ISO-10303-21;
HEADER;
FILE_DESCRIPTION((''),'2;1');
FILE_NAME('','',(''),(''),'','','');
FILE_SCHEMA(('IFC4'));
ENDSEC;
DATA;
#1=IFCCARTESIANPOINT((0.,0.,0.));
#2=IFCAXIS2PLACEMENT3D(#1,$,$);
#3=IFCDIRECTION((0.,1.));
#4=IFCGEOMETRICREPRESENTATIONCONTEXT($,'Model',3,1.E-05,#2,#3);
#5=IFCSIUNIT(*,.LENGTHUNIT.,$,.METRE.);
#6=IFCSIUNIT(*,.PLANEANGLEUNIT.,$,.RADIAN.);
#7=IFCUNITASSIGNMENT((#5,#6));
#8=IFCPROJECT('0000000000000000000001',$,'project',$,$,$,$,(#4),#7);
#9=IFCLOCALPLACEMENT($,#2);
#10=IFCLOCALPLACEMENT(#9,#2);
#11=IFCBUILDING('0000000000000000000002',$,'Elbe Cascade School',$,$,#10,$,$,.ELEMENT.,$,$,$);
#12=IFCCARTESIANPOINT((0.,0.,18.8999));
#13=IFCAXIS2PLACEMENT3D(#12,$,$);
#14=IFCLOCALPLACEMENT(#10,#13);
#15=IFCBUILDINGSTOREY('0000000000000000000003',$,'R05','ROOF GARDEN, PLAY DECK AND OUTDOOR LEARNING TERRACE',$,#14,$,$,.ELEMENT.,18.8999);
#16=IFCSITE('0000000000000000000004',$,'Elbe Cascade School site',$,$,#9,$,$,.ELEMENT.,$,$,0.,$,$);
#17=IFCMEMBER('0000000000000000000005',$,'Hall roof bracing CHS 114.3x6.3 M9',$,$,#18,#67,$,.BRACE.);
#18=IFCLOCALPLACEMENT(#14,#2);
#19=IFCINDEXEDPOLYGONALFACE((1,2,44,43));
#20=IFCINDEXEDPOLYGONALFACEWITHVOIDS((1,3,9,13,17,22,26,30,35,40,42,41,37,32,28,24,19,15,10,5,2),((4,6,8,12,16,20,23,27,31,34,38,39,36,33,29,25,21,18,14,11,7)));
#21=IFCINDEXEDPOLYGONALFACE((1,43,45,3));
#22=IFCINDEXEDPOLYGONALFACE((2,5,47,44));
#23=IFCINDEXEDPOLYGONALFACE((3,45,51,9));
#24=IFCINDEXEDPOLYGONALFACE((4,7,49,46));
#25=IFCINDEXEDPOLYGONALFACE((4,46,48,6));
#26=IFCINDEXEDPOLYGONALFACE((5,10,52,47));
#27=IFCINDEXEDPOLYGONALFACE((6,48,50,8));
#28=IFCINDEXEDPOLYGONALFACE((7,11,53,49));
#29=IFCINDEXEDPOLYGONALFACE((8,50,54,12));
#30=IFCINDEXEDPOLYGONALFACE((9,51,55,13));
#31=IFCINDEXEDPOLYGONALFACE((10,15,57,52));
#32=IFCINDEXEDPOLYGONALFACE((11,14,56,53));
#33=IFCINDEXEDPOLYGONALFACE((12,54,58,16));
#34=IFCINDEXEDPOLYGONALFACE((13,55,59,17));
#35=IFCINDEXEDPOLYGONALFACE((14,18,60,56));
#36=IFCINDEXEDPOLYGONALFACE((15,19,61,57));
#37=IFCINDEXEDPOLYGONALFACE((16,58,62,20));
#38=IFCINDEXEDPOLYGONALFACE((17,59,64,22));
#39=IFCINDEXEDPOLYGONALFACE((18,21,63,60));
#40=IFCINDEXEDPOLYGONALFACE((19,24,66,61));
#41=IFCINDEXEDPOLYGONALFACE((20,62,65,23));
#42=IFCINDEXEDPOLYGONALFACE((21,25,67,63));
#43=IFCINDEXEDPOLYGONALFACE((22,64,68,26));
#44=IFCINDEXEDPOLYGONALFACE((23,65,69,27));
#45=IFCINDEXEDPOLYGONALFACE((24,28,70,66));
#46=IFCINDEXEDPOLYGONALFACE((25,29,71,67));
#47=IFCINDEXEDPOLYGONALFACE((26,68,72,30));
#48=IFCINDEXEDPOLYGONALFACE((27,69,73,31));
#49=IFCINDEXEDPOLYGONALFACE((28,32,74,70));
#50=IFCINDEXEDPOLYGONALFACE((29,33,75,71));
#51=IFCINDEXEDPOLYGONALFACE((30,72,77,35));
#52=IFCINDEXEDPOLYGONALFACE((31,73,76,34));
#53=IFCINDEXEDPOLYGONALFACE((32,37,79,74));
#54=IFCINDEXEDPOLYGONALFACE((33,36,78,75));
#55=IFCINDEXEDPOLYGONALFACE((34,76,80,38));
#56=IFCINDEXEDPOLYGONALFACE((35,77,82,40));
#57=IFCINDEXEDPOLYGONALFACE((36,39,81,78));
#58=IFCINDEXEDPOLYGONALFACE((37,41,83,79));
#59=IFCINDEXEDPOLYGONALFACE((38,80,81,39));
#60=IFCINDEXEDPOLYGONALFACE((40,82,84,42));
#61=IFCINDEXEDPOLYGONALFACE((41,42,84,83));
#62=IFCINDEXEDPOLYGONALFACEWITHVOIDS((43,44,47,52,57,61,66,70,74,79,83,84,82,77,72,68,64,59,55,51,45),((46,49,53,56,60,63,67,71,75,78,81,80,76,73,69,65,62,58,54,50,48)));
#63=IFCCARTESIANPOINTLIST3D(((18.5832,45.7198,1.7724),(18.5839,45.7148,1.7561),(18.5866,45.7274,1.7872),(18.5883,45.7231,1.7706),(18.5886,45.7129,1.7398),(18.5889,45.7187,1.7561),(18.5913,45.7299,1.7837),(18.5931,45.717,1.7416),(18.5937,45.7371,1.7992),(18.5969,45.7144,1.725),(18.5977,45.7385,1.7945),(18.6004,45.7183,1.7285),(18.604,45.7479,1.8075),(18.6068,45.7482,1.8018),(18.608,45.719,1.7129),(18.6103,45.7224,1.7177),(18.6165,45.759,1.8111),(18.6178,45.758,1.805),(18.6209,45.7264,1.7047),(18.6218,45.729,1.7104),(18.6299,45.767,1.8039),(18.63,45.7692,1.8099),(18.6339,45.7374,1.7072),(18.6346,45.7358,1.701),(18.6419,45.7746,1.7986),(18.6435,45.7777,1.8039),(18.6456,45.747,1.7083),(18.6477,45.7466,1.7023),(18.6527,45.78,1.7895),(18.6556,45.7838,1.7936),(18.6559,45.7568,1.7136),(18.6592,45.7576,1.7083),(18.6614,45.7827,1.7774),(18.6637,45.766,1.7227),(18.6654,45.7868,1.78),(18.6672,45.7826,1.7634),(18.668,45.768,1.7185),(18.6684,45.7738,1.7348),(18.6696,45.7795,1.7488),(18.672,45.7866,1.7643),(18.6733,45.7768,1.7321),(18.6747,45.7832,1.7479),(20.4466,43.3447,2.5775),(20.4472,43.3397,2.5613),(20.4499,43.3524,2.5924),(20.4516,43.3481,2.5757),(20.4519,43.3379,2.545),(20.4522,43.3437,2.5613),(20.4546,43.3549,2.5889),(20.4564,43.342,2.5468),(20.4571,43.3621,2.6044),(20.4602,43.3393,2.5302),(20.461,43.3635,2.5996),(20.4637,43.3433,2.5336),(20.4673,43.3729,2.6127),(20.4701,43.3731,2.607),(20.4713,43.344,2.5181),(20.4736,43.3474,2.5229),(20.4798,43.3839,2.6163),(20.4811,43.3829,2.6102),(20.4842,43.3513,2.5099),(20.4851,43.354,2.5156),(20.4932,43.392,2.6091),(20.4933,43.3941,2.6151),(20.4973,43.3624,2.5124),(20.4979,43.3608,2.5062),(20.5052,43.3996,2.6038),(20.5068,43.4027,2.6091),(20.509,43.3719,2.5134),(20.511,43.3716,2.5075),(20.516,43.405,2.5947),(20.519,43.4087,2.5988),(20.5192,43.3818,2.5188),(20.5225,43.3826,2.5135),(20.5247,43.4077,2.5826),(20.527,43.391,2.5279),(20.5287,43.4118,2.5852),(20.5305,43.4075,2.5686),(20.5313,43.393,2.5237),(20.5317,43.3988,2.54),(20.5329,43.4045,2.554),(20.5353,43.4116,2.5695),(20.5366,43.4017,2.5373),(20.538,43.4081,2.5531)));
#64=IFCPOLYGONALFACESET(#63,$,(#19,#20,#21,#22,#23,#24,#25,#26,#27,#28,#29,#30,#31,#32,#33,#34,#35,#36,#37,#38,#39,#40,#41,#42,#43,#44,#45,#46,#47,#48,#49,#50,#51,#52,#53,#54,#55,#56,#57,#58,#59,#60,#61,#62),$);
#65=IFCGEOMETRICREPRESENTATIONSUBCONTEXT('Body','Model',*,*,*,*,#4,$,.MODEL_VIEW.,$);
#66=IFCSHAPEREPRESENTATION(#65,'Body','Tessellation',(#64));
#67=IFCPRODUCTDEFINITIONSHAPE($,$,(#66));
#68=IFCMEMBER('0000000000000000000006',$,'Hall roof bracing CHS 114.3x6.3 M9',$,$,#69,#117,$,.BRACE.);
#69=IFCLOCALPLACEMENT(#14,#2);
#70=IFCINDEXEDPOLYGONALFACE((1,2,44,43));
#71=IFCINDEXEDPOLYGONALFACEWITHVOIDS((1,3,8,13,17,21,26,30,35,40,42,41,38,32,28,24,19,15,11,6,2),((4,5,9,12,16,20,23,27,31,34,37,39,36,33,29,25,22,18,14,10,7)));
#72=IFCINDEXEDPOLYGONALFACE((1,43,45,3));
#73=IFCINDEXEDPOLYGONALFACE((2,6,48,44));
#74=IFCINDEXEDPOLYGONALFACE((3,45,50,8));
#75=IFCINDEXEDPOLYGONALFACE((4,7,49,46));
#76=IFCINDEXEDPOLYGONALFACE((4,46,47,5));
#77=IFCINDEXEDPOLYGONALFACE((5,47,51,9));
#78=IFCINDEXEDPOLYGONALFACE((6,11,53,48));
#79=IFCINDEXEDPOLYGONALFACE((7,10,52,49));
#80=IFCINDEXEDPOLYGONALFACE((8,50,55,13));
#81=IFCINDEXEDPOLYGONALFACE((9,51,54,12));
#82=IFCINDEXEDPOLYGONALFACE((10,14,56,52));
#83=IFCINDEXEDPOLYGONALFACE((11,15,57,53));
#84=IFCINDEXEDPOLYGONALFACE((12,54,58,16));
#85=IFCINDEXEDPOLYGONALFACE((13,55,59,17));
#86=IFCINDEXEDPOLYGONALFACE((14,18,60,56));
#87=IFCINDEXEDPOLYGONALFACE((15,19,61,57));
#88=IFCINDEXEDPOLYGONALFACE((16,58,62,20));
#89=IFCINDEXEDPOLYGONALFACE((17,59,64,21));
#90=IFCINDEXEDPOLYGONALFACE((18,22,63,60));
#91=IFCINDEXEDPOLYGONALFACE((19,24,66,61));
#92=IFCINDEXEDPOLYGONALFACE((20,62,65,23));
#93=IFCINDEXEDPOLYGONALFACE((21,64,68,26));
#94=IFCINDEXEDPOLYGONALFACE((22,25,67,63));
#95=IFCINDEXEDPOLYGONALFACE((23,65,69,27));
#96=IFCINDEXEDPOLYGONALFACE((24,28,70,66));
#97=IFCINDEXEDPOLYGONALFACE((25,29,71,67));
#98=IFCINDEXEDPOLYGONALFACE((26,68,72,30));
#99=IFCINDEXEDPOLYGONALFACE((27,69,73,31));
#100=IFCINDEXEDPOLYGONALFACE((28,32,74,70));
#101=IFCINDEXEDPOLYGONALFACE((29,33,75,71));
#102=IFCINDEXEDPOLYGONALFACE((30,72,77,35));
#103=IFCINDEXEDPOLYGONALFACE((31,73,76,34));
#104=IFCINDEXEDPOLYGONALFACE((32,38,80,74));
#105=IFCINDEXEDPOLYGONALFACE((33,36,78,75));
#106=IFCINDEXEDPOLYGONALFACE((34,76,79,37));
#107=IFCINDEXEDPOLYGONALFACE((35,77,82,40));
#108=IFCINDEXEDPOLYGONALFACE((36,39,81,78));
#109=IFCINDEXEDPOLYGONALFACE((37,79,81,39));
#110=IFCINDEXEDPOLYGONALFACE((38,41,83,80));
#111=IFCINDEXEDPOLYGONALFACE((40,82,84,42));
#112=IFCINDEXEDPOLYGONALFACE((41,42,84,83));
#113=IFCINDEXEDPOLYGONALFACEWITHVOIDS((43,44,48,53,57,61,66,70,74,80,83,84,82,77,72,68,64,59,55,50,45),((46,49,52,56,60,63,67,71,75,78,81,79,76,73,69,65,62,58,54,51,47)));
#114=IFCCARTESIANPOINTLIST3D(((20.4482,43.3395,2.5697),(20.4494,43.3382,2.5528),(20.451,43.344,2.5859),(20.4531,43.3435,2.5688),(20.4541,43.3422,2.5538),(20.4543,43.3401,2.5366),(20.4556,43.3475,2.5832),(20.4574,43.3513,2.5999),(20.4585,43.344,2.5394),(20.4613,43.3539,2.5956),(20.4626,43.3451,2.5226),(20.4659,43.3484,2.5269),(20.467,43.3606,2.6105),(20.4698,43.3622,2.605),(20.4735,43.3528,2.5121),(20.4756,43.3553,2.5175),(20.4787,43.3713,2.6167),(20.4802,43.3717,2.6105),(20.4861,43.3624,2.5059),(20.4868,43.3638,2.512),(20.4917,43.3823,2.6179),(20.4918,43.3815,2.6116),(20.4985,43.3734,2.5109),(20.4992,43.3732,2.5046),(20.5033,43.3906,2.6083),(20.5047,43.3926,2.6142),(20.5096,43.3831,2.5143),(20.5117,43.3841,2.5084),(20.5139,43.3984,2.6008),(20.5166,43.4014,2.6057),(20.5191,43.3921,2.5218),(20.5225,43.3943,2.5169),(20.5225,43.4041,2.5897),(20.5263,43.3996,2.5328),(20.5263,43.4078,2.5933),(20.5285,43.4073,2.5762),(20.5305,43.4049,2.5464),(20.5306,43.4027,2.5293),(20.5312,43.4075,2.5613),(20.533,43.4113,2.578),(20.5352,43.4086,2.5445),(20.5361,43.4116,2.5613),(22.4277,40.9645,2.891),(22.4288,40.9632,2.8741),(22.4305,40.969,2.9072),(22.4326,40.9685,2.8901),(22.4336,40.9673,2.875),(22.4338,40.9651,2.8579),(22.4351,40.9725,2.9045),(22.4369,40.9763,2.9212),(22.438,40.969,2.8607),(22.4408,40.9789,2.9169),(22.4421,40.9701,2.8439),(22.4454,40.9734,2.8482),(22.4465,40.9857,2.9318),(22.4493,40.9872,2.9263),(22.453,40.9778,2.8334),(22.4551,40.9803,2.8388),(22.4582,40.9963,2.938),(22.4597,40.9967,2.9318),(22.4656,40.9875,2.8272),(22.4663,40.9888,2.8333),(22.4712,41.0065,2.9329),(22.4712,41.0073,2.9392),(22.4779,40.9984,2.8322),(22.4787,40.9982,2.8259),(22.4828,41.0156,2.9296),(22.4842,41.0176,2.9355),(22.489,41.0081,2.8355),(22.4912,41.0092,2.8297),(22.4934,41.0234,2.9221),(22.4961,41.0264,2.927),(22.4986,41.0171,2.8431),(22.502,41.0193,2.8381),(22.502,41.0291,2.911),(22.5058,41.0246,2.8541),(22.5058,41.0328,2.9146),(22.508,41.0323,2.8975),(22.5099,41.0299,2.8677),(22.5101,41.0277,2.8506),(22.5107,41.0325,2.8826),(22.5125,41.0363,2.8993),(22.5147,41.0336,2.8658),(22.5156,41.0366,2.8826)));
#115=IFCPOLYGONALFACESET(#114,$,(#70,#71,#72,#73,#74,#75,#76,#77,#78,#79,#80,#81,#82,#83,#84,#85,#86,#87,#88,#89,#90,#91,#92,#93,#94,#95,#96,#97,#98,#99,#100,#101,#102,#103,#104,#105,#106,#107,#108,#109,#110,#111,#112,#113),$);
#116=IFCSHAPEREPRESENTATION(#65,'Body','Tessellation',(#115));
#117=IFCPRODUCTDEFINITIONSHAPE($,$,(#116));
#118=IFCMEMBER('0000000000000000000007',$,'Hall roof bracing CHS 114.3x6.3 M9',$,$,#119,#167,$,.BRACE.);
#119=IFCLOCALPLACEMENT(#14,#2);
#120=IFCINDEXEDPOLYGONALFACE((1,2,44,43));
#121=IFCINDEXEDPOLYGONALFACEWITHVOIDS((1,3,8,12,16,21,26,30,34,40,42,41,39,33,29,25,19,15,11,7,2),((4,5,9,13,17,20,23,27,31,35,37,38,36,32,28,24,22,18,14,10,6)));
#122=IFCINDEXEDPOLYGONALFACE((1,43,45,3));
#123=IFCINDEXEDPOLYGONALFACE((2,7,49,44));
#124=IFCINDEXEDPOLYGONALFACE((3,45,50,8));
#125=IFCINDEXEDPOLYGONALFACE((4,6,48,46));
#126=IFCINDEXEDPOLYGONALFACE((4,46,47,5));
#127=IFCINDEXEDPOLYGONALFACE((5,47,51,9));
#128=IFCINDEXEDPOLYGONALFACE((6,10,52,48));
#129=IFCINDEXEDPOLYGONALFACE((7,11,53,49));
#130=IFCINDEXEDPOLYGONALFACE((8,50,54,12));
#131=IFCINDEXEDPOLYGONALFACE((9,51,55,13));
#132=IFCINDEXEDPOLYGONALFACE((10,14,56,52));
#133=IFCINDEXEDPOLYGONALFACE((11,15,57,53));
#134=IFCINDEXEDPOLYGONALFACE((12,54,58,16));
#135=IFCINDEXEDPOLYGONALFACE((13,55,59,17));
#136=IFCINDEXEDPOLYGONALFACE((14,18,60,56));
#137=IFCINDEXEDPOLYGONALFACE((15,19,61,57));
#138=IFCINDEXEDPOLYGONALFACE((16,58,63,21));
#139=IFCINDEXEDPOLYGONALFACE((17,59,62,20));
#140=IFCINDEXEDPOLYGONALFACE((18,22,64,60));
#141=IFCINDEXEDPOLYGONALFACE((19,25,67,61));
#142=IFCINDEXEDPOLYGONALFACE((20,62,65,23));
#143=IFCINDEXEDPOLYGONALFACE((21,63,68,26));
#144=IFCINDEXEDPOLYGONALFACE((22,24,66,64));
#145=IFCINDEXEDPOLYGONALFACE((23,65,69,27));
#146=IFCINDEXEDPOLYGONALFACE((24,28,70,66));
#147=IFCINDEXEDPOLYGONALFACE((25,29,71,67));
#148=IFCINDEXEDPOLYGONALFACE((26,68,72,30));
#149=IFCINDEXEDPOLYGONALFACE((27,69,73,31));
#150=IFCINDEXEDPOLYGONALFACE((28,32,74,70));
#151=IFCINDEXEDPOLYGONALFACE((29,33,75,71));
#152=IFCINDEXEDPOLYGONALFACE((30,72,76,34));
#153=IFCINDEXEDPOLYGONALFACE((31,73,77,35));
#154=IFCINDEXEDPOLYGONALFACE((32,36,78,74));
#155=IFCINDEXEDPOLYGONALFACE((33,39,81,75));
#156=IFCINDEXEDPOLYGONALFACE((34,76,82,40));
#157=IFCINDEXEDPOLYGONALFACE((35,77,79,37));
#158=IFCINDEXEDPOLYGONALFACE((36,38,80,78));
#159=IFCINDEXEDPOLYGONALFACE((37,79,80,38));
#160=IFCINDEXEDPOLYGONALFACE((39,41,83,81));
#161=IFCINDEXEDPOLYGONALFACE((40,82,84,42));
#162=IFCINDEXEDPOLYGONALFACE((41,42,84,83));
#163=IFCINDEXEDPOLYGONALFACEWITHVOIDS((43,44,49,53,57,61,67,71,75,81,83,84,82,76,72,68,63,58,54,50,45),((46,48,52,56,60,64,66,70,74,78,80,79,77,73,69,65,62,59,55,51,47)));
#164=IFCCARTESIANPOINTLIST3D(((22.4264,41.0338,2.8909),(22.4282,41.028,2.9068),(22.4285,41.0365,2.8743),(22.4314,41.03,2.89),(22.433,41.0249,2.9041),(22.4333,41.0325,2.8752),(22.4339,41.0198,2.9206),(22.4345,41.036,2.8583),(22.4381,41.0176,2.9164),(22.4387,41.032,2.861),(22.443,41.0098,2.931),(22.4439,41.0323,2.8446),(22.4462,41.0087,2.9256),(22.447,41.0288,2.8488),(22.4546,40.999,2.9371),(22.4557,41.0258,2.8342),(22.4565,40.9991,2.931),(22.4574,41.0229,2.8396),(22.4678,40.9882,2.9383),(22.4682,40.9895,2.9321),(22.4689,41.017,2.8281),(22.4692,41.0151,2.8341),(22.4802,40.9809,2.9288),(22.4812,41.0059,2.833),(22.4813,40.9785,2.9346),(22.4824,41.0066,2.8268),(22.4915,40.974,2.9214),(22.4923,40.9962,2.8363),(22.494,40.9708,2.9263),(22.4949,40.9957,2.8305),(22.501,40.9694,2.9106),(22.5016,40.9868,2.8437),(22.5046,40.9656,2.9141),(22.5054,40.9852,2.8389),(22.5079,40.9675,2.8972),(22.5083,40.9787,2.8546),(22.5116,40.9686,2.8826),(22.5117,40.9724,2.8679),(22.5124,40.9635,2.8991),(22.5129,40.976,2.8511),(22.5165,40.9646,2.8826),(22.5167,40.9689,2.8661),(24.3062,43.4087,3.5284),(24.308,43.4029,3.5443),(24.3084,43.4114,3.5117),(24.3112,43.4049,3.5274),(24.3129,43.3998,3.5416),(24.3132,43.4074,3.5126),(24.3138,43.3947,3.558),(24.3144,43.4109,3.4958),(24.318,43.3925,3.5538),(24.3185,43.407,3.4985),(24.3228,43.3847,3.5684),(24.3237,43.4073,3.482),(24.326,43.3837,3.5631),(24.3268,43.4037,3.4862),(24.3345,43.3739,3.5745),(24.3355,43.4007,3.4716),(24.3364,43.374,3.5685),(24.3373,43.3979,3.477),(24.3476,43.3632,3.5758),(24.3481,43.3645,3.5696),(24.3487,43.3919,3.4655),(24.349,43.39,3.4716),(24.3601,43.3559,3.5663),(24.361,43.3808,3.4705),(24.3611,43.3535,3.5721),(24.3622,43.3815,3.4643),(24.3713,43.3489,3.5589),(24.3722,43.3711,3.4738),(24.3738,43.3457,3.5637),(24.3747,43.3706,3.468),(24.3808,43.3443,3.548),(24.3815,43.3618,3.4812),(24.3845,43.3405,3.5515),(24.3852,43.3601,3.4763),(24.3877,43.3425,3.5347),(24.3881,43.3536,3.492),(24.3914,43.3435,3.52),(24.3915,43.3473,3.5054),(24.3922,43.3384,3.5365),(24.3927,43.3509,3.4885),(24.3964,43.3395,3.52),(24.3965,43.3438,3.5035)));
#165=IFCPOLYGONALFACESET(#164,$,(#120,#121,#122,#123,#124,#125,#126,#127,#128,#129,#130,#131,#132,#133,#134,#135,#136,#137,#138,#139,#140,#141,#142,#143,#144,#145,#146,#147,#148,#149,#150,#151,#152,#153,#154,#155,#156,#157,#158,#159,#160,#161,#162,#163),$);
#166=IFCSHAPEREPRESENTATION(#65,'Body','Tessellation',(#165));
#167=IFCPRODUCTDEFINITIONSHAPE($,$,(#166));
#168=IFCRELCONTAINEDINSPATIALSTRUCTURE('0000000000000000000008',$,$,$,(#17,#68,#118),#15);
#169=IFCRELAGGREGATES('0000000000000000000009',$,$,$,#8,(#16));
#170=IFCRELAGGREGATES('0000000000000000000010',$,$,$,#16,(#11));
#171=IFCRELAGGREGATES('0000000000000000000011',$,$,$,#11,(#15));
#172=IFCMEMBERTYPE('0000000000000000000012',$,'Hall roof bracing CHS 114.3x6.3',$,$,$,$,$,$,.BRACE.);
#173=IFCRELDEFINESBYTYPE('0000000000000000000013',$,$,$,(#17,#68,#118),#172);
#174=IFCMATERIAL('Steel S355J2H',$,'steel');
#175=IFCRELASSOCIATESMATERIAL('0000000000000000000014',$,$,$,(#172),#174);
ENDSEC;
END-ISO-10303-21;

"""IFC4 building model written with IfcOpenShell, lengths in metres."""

from ifc_helpers import new_model, si_unit, direction, frame, origin, origin_2d, place, context, subcontext, project, spatial, hollow_circle, extrude, material, material_profile, profile_set, type_object, element, save


model = new_model("IFC4")

# Units and contexts
model_context = context("Model", 3, precision=1e-05, world=origin(), true_north=direction((0.0, 1.0)))
body_context = subcontext(model_context, "Body", "Model", "MODEL_VIEW")
ifc_project = project(units=[si_unit("LENGTHUNIT", "METRE"), si_unit("PLANEANGLEUNIT", "RADIAN")], contexts=[model_context])

# Site, building, storey
site_placement = place(None, origin())
site = spatial("IfcSite", under=ifc_project, at=site_placement, Name="Elbe Cascade School site", CompositionType="ELEMENT", RefElevation=0.0)
building_placement = place(site_placement, origin())
building = spatial("IfcBuilding", under=site, at=building_placement, Name="Elbe Cascade School", CompositionType="ELEMENT")
storey_placement = place(building_placement, frame((0.0, 0.0, 18.8999)))
storey = spatial("IfcBuildingStorey", under=building, at=storey_placement, Name="R05", Description="ROOF GARDEN, PLAY DECK AND OUTDOOR LEARNING TERRACE", CompositionType="ELEMENT", Elevation=18.8999)

# Members
ifc_material_1 = material(Name="Steel S355J2H", Category="steel")
ifc_material_profile_1 = material_profile(ifc_material_1, hollow_circle(Radius=0.0571, WallThickness=0.0063, at=origin_2d()), Name="CHS 114.3x6.3")
ifc_profile_set_1 = profile_set([ifc_material_profile_1], Name="Steel S355J2H")
member_type_1 = type_object("IfcMemberType", Name="Hall roof bracing CHS 114.3x6.3", PredefinedType="BRACE", material=ifc_profile_set_1)
member_1_placement = place(storey_placement, frame((20.4922, 43.375, 2.5613), z_axis=(-0.596399, 0.76019, -0.257721), x_axis=(-0.786767, -0.61725, 0.0)))
element("IfcMember", 1, at=member_1_placement, inside=storey, type_object=member_type_1, Name="Hall roof bracing CHS 114.3x6.3 M9", PredefinedType="BRACE", context=body_context, shape_type="SweptSolid", body=[
    extrude(hollow_circle(Radius=0.0571, WallThickness=0.0063, at=origin_2d()), origin(), (0.0, 0.0, 1.0), 3.1243),
])
member_2_placement = place(storey_placement, frame((20.4922, 43.375, 2.5613), z_axis=(0.636817, -0.764055, 0.103361), x_axis=(0.768169, 0.640247, 0.0)))
element("IfcMember", 2, at=member_2_placement, inside=storey, type_object=member_type_1, Name="Hall roof bracing CHS 114.3x6.3 M9", PredefinedType="BRACE", context=body_context, shape_type="SweptSolid", body=[
    extrude(hollow_circle(Radius=0.0571, WallThickness=0.0063, at=origin_2d()), origin(), (0.0, 0.0, 1.0), 3.1084),
])
member_3_placement = place(storey_placement, frame((24.3516, 43.375, 3.52), z_axis=(-0.607333, -0.76729, -0.205941), x_axis=(0.784098, -0.620637, 0.0)))
element("IfcMember", 3, at=member_3_placement, inside=storey, type_object=member_type_1, Name="Hall roof bracing CHS 114.3x6.3 M9", PredefinedType="BRACE", context=body_context, shape_type="SweptSolid", body=[
    extrude(hollow_circle(Radius=0.0571, WallThickness=0.0063, at=origin_2d()), origin(), (0.0, 0.0, 1.0), 3.0952),
])

save(model, "model.ifc")
